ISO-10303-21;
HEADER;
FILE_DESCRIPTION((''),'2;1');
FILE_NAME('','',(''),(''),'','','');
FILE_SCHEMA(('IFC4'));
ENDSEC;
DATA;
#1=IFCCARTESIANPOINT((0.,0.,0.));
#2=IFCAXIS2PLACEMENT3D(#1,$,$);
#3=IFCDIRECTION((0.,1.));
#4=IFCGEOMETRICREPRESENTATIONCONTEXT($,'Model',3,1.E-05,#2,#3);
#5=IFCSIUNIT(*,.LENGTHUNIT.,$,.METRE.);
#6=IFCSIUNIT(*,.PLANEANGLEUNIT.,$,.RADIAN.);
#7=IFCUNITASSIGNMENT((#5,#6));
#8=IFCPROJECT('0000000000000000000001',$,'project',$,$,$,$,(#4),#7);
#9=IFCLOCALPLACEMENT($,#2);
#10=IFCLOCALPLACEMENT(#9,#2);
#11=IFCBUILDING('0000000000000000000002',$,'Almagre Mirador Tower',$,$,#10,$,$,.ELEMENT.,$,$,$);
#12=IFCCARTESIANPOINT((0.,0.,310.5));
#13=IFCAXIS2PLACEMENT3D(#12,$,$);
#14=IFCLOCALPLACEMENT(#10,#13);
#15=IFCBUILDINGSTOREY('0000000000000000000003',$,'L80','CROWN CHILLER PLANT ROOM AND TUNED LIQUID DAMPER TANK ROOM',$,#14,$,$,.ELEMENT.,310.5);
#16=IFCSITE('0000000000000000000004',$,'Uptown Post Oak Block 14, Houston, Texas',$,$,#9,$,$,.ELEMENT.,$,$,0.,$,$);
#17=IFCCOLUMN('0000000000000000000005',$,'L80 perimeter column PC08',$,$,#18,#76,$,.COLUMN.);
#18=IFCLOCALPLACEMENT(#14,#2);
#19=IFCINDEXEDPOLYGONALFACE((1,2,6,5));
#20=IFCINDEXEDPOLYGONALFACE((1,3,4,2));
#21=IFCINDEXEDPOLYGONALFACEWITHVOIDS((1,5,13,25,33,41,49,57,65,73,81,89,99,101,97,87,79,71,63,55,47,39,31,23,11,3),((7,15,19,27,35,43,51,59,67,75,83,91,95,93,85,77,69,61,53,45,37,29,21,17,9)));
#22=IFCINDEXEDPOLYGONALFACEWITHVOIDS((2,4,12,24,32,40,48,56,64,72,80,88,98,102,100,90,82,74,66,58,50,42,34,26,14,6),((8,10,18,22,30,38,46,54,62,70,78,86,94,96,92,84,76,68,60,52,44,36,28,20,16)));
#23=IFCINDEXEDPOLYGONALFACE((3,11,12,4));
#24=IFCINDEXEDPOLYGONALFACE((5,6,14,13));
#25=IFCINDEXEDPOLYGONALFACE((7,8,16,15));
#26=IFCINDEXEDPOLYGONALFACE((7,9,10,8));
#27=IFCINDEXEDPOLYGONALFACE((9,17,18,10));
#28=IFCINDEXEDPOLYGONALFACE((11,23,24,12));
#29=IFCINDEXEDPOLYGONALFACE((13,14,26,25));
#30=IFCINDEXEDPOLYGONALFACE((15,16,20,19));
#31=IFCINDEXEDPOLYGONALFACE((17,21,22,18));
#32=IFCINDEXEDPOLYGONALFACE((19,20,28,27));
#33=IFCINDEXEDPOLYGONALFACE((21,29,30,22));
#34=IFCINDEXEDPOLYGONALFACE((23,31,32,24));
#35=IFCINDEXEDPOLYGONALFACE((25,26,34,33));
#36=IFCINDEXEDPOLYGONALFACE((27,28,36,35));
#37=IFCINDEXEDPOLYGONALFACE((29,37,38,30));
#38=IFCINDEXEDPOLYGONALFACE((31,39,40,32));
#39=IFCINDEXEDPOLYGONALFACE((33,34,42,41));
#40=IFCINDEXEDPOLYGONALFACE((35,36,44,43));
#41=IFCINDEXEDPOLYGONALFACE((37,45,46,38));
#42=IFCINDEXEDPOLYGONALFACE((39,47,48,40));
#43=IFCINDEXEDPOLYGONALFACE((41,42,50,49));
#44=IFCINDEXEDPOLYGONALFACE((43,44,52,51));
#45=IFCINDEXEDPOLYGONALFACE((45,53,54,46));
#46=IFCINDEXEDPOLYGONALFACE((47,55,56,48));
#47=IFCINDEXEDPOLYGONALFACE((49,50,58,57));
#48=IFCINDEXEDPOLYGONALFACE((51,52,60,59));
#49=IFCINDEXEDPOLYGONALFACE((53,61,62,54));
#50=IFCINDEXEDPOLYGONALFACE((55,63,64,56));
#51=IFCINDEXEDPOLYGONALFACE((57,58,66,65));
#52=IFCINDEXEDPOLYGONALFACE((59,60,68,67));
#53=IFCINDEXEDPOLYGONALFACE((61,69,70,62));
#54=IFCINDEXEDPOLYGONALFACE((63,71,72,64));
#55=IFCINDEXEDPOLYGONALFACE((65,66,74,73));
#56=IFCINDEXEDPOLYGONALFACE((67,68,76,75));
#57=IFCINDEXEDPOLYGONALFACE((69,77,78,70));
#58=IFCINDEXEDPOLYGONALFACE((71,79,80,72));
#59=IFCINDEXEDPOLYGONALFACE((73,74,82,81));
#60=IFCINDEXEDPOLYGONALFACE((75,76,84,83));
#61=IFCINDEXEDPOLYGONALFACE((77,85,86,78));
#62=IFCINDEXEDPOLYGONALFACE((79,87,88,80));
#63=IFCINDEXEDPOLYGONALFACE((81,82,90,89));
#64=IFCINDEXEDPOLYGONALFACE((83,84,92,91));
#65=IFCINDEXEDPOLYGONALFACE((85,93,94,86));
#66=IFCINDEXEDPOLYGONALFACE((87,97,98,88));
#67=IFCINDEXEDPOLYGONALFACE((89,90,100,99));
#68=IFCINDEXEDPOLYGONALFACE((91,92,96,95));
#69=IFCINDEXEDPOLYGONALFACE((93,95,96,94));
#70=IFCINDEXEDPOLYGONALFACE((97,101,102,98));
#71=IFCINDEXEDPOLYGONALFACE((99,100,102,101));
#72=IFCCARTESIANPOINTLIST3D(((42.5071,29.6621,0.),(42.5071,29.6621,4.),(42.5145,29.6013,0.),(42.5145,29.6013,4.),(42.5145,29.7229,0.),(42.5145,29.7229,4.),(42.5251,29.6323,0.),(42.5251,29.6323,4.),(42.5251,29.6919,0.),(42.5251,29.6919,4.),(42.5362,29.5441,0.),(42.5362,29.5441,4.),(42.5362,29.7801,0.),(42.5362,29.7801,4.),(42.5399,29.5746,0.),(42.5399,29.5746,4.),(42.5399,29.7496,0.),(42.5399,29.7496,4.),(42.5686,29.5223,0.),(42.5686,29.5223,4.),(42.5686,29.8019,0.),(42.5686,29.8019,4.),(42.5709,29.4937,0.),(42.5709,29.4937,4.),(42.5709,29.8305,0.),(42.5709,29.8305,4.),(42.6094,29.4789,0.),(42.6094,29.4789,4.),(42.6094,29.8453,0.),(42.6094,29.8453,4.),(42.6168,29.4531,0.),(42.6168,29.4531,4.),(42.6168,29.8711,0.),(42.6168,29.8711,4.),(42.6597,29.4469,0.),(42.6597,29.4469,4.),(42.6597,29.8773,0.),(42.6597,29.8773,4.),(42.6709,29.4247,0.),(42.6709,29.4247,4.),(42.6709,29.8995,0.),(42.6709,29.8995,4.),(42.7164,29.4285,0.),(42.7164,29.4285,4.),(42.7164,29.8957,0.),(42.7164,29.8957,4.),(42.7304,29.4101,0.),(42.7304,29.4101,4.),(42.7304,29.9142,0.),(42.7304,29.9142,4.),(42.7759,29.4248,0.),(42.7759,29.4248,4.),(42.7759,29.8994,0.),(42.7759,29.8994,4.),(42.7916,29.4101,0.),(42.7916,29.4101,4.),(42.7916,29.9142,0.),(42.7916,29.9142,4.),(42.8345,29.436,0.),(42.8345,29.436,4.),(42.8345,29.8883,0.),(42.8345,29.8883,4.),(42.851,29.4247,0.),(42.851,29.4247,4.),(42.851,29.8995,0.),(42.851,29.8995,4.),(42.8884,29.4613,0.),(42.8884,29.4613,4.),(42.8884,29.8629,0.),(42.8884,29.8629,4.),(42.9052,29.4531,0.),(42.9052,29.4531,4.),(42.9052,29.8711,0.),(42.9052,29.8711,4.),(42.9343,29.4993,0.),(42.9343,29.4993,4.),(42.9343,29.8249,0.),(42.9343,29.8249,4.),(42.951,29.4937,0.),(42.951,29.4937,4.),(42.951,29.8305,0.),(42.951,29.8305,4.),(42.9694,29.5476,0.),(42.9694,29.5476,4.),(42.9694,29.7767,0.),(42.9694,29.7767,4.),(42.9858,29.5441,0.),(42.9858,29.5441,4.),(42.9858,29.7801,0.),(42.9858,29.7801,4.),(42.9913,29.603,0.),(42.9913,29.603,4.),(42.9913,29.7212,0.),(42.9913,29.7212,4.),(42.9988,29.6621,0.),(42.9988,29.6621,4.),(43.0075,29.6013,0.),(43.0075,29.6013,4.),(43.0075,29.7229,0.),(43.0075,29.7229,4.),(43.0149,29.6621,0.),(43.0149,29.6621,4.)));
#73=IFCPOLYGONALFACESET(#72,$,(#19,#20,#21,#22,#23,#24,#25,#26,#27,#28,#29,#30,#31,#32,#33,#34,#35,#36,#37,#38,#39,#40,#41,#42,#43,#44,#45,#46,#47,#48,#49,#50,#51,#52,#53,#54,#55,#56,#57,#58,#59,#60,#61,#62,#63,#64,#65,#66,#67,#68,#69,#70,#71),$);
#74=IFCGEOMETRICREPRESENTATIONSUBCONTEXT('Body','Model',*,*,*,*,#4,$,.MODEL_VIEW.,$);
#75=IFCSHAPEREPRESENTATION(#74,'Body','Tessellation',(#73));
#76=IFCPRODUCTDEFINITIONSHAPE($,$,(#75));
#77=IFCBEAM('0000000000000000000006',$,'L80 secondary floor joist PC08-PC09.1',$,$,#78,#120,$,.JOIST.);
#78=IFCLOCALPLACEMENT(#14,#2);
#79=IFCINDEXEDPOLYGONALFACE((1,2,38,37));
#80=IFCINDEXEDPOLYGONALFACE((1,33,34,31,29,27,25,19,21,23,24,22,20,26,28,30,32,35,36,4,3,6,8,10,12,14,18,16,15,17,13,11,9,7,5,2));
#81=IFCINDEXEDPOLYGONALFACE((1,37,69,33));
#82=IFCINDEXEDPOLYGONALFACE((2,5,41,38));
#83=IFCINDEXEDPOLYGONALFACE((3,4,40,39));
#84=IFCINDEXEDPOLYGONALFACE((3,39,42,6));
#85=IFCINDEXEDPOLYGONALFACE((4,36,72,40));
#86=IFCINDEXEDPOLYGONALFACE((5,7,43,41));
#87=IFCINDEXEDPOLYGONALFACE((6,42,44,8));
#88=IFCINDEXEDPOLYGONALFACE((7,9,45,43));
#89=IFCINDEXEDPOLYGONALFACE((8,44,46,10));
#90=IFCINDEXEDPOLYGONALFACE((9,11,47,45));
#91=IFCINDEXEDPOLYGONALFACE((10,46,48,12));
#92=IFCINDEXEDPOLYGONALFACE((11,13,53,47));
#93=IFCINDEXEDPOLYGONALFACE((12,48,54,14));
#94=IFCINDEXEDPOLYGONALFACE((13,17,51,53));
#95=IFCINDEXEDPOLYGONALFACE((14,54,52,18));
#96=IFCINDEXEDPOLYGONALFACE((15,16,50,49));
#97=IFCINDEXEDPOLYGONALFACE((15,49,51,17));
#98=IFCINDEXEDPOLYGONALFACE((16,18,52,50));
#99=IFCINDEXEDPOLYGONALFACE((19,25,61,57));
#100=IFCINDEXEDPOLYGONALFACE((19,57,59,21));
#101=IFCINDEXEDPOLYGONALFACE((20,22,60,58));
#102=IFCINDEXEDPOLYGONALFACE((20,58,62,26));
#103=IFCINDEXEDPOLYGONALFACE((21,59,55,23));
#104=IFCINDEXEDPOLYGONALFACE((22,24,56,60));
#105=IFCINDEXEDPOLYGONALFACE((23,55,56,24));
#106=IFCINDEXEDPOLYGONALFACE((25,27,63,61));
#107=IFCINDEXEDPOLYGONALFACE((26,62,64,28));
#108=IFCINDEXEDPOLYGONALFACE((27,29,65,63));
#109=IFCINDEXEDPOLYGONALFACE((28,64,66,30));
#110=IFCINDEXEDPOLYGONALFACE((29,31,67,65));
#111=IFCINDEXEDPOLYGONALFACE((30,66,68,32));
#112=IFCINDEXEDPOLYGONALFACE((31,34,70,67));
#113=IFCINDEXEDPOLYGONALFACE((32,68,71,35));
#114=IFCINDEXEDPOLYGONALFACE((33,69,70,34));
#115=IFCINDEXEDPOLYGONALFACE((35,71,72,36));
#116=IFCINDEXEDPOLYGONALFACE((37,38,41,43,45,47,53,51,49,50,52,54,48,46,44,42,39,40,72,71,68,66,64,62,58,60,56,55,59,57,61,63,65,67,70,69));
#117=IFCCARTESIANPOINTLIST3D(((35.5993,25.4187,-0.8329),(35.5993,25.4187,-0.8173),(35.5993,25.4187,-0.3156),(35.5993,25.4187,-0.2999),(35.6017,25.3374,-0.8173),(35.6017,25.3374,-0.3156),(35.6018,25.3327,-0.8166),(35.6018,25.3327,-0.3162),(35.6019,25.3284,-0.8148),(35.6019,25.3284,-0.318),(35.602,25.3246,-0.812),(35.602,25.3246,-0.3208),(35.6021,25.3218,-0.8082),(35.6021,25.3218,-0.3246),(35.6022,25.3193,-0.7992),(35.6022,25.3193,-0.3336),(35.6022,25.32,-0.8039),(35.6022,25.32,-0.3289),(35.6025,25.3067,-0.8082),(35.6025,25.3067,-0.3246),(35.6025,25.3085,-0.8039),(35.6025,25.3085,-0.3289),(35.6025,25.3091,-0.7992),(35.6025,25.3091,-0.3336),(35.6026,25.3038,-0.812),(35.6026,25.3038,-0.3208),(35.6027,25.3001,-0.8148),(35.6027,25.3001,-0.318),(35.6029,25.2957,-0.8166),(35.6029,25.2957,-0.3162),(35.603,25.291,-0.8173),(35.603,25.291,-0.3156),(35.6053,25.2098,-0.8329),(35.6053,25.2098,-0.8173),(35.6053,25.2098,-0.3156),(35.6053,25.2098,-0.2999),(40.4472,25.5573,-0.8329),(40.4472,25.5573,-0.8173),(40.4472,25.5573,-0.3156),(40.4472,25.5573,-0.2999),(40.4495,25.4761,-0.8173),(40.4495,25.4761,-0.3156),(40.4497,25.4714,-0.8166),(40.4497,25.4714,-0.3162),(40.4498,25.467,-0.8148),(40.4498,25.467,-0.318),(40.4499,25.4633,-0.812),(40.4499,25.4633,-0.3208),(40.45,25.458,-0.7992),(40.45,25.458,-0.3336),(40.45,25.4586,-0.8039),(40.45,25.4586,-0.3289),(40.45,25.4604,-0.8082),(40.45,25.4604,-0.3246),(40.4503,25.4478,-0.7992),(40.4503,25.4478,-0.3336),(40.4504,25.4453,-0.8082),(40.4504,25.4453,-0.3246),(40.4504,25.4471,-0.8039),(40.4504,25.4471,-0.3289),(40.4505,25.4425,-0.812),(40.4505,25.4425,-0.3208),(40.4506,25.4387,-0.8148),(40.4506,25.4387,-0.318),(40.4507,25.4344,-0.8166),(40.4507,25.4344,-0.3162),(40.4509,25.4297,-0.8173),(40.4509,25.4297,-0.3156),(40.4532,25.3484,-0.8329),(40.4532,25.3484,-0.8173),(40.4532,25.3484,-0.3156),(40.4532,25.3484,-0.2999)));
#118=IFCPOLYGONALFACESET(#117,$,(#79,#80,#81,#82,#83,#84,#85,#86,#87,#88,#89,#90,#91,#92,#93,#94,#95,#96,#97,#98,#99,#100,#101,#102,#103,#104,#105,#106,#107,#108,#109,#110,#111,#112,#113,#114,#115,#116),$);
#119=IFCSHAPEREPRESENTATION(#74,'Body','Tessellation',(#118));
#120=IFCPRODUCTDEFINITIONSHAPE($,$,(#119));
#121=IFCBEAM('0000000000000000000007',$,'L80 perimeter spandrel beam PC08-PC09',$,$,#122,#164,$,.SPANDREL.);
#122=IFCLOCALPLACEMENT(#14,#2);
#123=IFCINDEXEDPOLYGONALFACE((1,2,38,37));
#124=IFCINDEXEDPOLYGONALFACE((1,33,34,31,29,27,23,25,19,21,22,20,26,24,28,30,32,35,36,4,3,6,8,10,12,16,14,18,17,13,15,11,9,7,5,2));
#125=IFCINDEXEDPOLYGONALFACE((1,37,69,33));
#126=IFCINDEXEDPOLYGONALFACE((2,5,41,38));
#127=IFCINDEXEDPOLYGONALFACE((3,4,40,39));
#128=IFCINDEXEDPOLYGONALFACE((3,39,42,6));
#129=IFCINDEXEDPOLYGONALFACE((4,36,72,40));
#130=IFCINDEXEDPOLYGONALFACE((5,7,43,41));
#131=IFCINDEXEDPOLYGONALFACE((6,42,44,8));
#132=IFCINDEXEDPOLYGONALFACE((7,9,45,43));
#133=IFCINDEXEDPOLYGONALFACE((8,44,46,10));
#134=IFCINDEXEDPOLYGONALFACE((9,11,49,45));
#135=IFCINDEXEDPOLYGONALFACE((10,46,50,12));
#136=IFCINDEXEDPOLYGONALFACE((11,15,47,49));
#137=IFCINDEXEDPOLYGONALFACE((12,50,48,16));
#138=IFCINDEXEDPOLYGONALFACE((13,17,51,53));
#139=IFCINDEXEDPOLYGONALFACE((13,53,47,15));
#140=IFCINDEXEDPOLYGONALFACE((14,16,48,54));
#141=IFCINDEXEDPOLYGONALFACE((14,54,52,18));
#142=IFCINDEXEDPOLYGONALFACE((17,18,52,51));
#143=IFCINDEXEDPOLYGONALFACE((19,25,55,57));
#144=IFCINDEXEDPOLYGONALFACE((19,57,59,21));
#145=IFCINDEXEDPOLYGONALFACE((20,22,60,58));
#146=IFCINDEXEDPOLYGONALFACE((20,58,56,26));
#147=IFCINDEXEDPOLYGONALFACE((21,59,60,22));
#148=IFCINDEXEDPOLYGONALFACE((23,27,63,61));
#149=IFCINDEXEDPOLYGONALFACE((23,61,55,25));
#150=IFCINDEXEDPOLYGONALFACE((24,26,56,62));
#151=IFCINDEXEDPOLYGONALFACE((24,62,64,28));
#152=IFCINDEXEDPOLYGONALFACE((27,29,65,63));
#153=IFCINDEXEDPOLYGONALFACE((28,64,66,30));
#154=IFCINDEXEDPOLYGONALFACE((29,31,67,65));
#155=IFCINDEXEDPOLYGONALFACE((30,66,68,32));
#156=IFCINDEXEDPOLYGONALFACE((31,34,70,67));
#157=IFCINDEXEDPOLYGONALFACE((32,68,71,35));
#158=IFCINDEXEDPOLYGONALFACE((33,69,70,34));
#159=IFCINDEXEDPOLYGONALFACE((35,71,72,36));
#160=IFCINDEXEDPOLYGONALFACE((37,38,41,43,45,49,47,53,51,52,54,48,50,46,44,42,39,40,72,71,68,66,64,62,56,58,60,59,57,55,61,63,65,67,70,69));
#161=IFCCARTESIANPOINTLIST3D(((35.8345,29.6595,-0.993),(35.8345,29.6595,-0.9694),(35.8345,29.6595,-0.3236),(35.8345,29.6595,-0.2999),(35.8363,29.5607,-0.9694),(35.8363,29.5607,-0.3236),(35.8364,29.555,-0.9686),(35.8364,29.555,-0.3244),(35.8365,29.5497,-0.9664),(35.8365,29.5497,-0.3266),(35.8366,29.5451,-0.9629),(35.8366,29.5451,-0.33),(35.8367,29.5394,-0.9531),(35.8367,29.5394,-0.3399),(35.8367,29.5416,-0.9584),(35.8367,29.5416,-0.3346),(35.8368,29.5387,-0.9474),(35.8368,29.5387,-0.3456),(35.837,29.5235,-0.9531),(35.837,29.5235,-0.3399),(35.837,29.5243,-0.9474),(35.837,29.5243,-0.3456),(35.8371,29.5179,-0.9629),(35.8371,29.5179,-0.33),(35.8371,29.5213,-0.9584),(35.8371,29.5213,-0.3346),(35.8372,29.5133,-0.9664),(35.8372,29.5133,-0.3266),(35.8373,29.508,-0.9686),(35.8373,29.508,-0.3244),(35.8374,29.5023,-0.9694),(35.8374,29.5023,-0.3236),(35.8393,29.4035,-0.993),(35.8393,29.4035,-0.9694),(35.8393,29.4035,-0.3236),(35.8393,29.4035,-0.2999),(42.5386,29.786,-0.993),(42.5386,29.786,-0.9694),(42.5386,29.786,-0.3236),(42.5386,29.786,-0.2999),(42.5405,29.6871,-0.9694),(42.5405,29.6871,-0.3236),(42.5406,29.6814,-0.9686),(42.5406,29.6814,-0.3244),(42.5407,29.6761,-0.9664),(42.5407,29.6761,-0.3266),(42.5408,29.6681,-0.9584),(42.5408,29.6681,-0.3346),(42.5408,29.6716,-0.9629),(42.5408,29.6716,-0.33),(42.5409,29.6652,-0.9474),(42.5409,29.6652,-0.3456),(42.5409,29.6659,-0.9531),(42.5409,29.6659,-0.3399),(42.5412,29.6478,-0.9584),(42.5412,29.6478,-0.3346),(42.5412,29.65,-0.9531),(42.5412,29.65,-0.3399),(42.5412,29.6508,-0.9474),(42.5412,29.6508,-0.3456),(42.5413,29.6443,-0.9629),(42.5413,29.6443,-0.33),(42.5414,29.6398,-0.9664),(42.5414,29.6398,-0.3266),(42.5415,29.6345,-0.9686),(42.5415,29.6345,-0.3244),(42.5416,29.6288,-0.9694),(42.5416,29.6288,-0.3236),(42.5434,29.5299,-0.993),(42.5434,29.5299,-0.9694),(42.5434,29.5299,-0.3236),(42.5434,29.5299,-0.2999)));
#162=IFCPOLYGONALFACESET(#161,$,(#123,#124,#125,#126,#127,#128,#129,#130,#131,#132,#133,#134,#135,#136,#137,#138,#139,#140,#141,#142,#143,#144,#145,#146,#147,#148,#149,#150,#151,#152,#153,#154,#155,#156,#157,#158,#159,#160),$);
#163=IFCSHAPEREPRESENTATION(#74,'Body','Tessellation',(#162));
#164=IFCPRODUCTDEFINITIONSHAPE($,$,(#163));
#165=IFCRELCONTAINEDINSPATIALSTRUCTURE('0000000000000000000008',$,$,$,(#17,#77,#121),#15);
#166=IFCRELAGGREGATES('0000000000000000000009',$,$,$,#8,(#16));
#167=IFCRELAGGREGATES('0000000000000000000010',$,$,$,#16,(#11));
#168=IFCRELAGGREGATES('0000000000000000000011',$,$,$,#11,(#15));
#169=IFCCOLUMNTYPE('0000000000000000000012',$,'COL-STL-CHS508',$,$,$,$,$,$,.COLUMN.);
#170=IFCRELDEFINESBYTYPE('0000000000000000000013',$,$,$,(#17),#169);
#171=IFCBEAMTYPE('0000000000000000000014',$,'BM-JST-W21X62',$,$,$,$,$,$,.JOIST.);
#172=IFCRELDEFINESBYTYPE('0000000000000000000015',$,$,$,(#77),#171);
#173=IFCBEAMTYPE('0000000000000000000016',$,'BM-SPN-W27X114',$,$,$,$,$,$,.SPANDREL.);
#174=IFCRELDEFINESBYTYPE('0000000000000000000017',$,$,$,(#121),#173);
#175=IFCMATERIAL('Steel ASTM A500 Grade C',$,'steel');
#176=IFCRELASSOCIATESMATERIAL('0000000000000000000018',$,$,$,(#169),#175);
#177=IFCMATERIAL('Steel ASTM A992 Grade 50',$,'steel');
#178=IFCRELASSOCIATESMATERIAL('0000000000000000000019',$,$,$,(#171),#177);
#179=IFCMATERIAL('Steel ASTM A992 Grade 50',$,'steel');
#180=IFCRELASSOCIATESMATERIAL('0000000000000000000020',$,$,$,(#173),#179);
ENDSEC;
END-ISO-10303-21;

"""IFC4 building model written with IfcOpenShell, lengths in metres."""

from ifc_helpers import new_model, si_unit, direction, frame, origin, origin_2d, place, context, subcontext, project, spatial, hollow_circle, i_section, extrude, material, material_profile, profile_set, type_object, element, save


model = new_model("IFC4")

# Units and contexts
model_context = context("Model", 3, precision=1e-05, world=origin(), true_north=direction((0.0, 1.0)))
body_context = subcontext(model_context, "Body", "Model", "MODEL_VIEW")
ifc_project = project(units=[si_unit("LENGTHUNIT", "METRE"), si_unit("PLANEANGLEUNIT", "RADIAN")], contexts=[model_context])

# Site, building, storey
site_placement = place(None, origin())
site = spatial("IfcSite", under=ifc_project, at=site_placement, Name="Uptown Post Oak Block 14, Houston, Texas", CompositionType="ELEMENT", RefElevation=0.0)
building_placement = place(site_placement, origin())
building = spatial("IfcBuilding", under=site, at=building_placement, Name="Almagre Mirador Tower", CompositionType="ELEMENT")
storey_placement = place(building_placement, frame((0.0, 0.0, 310.5)))
storey = spatial("IfcBuildingStorey", under=building, at=storey_placement, Name="L80", Description="CROWN CHILLER PLANT ROOM AND TUNED LIQUID DAMPER TANK ROOM", CompositionType="ELEMENT", Elevation=310.5)

# Column
ifc_material_1 = material(Name="Steel ASTM A500 Grade C", Category="steel")
ifc_material_profile_1 = material_profile(ifc_material_1, hollow_circle(Radius=0.2539, WallThickness=0.0161, at=origin_2d()), Name="CHS508X16")
ifc_profile_set_1 = profile_set([ifc_material_profile_1], Name="Steel ASTM A500 Grade C")
column_type = type_object("IfcColumnType", Name="COL-STL-CHS508", PredefinedType="COLUMN", material=ifc_profile_set_1)
column_placement = place(storey_placement, frame((42.761, 29.6621, 0.0), z_axis=(0.0, 0.0, 1.0), x_axis=(1.0, 0.0, 0.0)))
element("IfcColumn", 1, at=column_placement, inside=storey, type_object=column_type, Name="L80 perimeter column PC08", PredefinedType="COLUMN", context=body_context, shape_type="SweptSolid", body=[
    extrude(hollow_circle(Radius=0.2539, WallThickness=0.0161, at=origin_2d()), origin(), (0.0, 0.0, 1.0), 4.0),
])

# Beams
ifc_material_2 = material(Name="Steel ASTM A992 Grade 50", Category="steel")
ifc_material_profile_2 = material_profile(ifc_material_2, i_section(OverallWidth=0.209, OverallDepth=0.533, WebThickness=0.0103, FlangeThickness=0.0156, FilletRadius=0.0181, at=origin_2d()), Name="W21X62")
ifc_profile_set_2 = profile_set([ifc_material_profile_2], Name="Steel ASTM A992 Grade 50")
beam_type_1 = type_object("IfcBeamType", Name="BM-JST-W21X62", PredefinedType="JOIST", material=ifc_profile_set_2)
beam_1_placement = place(storey_placement, frame((40.4502, 25.4529, -0.5664), z_axis=(-0.999591, -0.028593, 0.0), x_axis=(0.028593, -0.999591, 0.0)))
element("IfcBeam", 2, at=beam_1_placement, inside=storey, type_object=beam_type_1, Name="L80 secondary floor joist PC08-PC09.1", PredefinedType="JOIST", context=body_context, shape_type="SweptSolid", body=[
    extrude(i_section(OverallWidth=0.209, OverallDepth=0.533, WebThickness=0.0103, FlangeThickness=0.0156, FilletRadius=0.0181, at=origin_2d()), origin(), (0.0, 0.0, 1.0), 4.8499),
])
ifc_material_3 = material(Name="Steel ASTM A992 Grade 50", Category="steel")
ifc_material_profile_3 = material_profile(ifc_material_3, i_section(OverallWidth=0.2561, OverallDepth=0.6931, WebThickness=0.0144, FlangeThickness=0.0237, FilletRadius=0.022, at=origin_2d()), Name="W27X114")
ifc_profile_set_3 = profile_set([ifc_material_profile_3], Name="Steel ASTM A992 Grade 50")
beam_type_2 = type_object("IfcBeamType", Name="BM-SPN-W27X114", PredefinedType="SPANDREL", material=ifc_profile_set_3)
beam_2_placement = place(storey_placement, frame((42.541, 29.658, -0.6465), z_axis=(-0.999822, -0.01886, 0.0), x_axis=(0.01886, -0.999822, 0.0)))
element("IfcBeam", 3, at=beam_2_placement, inside=storey, type_object=beam_type_2, Name="L80 perimeter spandrel beam PC08-PC09", PredefinedType="SPANDREL", context=body_context, shape_type="SweptSolid", body=[
    extrude(i_section(OverallWidth=0.2561, OverallDepth=0.6931, WebThickness=0.0144, FlangeThickness=0.0237, FilletRadius=0.022, at=origin_2d()), origin(), (0.0, 0.0, 1.0), 6.7053),
])

save(model, "model.ifc")
